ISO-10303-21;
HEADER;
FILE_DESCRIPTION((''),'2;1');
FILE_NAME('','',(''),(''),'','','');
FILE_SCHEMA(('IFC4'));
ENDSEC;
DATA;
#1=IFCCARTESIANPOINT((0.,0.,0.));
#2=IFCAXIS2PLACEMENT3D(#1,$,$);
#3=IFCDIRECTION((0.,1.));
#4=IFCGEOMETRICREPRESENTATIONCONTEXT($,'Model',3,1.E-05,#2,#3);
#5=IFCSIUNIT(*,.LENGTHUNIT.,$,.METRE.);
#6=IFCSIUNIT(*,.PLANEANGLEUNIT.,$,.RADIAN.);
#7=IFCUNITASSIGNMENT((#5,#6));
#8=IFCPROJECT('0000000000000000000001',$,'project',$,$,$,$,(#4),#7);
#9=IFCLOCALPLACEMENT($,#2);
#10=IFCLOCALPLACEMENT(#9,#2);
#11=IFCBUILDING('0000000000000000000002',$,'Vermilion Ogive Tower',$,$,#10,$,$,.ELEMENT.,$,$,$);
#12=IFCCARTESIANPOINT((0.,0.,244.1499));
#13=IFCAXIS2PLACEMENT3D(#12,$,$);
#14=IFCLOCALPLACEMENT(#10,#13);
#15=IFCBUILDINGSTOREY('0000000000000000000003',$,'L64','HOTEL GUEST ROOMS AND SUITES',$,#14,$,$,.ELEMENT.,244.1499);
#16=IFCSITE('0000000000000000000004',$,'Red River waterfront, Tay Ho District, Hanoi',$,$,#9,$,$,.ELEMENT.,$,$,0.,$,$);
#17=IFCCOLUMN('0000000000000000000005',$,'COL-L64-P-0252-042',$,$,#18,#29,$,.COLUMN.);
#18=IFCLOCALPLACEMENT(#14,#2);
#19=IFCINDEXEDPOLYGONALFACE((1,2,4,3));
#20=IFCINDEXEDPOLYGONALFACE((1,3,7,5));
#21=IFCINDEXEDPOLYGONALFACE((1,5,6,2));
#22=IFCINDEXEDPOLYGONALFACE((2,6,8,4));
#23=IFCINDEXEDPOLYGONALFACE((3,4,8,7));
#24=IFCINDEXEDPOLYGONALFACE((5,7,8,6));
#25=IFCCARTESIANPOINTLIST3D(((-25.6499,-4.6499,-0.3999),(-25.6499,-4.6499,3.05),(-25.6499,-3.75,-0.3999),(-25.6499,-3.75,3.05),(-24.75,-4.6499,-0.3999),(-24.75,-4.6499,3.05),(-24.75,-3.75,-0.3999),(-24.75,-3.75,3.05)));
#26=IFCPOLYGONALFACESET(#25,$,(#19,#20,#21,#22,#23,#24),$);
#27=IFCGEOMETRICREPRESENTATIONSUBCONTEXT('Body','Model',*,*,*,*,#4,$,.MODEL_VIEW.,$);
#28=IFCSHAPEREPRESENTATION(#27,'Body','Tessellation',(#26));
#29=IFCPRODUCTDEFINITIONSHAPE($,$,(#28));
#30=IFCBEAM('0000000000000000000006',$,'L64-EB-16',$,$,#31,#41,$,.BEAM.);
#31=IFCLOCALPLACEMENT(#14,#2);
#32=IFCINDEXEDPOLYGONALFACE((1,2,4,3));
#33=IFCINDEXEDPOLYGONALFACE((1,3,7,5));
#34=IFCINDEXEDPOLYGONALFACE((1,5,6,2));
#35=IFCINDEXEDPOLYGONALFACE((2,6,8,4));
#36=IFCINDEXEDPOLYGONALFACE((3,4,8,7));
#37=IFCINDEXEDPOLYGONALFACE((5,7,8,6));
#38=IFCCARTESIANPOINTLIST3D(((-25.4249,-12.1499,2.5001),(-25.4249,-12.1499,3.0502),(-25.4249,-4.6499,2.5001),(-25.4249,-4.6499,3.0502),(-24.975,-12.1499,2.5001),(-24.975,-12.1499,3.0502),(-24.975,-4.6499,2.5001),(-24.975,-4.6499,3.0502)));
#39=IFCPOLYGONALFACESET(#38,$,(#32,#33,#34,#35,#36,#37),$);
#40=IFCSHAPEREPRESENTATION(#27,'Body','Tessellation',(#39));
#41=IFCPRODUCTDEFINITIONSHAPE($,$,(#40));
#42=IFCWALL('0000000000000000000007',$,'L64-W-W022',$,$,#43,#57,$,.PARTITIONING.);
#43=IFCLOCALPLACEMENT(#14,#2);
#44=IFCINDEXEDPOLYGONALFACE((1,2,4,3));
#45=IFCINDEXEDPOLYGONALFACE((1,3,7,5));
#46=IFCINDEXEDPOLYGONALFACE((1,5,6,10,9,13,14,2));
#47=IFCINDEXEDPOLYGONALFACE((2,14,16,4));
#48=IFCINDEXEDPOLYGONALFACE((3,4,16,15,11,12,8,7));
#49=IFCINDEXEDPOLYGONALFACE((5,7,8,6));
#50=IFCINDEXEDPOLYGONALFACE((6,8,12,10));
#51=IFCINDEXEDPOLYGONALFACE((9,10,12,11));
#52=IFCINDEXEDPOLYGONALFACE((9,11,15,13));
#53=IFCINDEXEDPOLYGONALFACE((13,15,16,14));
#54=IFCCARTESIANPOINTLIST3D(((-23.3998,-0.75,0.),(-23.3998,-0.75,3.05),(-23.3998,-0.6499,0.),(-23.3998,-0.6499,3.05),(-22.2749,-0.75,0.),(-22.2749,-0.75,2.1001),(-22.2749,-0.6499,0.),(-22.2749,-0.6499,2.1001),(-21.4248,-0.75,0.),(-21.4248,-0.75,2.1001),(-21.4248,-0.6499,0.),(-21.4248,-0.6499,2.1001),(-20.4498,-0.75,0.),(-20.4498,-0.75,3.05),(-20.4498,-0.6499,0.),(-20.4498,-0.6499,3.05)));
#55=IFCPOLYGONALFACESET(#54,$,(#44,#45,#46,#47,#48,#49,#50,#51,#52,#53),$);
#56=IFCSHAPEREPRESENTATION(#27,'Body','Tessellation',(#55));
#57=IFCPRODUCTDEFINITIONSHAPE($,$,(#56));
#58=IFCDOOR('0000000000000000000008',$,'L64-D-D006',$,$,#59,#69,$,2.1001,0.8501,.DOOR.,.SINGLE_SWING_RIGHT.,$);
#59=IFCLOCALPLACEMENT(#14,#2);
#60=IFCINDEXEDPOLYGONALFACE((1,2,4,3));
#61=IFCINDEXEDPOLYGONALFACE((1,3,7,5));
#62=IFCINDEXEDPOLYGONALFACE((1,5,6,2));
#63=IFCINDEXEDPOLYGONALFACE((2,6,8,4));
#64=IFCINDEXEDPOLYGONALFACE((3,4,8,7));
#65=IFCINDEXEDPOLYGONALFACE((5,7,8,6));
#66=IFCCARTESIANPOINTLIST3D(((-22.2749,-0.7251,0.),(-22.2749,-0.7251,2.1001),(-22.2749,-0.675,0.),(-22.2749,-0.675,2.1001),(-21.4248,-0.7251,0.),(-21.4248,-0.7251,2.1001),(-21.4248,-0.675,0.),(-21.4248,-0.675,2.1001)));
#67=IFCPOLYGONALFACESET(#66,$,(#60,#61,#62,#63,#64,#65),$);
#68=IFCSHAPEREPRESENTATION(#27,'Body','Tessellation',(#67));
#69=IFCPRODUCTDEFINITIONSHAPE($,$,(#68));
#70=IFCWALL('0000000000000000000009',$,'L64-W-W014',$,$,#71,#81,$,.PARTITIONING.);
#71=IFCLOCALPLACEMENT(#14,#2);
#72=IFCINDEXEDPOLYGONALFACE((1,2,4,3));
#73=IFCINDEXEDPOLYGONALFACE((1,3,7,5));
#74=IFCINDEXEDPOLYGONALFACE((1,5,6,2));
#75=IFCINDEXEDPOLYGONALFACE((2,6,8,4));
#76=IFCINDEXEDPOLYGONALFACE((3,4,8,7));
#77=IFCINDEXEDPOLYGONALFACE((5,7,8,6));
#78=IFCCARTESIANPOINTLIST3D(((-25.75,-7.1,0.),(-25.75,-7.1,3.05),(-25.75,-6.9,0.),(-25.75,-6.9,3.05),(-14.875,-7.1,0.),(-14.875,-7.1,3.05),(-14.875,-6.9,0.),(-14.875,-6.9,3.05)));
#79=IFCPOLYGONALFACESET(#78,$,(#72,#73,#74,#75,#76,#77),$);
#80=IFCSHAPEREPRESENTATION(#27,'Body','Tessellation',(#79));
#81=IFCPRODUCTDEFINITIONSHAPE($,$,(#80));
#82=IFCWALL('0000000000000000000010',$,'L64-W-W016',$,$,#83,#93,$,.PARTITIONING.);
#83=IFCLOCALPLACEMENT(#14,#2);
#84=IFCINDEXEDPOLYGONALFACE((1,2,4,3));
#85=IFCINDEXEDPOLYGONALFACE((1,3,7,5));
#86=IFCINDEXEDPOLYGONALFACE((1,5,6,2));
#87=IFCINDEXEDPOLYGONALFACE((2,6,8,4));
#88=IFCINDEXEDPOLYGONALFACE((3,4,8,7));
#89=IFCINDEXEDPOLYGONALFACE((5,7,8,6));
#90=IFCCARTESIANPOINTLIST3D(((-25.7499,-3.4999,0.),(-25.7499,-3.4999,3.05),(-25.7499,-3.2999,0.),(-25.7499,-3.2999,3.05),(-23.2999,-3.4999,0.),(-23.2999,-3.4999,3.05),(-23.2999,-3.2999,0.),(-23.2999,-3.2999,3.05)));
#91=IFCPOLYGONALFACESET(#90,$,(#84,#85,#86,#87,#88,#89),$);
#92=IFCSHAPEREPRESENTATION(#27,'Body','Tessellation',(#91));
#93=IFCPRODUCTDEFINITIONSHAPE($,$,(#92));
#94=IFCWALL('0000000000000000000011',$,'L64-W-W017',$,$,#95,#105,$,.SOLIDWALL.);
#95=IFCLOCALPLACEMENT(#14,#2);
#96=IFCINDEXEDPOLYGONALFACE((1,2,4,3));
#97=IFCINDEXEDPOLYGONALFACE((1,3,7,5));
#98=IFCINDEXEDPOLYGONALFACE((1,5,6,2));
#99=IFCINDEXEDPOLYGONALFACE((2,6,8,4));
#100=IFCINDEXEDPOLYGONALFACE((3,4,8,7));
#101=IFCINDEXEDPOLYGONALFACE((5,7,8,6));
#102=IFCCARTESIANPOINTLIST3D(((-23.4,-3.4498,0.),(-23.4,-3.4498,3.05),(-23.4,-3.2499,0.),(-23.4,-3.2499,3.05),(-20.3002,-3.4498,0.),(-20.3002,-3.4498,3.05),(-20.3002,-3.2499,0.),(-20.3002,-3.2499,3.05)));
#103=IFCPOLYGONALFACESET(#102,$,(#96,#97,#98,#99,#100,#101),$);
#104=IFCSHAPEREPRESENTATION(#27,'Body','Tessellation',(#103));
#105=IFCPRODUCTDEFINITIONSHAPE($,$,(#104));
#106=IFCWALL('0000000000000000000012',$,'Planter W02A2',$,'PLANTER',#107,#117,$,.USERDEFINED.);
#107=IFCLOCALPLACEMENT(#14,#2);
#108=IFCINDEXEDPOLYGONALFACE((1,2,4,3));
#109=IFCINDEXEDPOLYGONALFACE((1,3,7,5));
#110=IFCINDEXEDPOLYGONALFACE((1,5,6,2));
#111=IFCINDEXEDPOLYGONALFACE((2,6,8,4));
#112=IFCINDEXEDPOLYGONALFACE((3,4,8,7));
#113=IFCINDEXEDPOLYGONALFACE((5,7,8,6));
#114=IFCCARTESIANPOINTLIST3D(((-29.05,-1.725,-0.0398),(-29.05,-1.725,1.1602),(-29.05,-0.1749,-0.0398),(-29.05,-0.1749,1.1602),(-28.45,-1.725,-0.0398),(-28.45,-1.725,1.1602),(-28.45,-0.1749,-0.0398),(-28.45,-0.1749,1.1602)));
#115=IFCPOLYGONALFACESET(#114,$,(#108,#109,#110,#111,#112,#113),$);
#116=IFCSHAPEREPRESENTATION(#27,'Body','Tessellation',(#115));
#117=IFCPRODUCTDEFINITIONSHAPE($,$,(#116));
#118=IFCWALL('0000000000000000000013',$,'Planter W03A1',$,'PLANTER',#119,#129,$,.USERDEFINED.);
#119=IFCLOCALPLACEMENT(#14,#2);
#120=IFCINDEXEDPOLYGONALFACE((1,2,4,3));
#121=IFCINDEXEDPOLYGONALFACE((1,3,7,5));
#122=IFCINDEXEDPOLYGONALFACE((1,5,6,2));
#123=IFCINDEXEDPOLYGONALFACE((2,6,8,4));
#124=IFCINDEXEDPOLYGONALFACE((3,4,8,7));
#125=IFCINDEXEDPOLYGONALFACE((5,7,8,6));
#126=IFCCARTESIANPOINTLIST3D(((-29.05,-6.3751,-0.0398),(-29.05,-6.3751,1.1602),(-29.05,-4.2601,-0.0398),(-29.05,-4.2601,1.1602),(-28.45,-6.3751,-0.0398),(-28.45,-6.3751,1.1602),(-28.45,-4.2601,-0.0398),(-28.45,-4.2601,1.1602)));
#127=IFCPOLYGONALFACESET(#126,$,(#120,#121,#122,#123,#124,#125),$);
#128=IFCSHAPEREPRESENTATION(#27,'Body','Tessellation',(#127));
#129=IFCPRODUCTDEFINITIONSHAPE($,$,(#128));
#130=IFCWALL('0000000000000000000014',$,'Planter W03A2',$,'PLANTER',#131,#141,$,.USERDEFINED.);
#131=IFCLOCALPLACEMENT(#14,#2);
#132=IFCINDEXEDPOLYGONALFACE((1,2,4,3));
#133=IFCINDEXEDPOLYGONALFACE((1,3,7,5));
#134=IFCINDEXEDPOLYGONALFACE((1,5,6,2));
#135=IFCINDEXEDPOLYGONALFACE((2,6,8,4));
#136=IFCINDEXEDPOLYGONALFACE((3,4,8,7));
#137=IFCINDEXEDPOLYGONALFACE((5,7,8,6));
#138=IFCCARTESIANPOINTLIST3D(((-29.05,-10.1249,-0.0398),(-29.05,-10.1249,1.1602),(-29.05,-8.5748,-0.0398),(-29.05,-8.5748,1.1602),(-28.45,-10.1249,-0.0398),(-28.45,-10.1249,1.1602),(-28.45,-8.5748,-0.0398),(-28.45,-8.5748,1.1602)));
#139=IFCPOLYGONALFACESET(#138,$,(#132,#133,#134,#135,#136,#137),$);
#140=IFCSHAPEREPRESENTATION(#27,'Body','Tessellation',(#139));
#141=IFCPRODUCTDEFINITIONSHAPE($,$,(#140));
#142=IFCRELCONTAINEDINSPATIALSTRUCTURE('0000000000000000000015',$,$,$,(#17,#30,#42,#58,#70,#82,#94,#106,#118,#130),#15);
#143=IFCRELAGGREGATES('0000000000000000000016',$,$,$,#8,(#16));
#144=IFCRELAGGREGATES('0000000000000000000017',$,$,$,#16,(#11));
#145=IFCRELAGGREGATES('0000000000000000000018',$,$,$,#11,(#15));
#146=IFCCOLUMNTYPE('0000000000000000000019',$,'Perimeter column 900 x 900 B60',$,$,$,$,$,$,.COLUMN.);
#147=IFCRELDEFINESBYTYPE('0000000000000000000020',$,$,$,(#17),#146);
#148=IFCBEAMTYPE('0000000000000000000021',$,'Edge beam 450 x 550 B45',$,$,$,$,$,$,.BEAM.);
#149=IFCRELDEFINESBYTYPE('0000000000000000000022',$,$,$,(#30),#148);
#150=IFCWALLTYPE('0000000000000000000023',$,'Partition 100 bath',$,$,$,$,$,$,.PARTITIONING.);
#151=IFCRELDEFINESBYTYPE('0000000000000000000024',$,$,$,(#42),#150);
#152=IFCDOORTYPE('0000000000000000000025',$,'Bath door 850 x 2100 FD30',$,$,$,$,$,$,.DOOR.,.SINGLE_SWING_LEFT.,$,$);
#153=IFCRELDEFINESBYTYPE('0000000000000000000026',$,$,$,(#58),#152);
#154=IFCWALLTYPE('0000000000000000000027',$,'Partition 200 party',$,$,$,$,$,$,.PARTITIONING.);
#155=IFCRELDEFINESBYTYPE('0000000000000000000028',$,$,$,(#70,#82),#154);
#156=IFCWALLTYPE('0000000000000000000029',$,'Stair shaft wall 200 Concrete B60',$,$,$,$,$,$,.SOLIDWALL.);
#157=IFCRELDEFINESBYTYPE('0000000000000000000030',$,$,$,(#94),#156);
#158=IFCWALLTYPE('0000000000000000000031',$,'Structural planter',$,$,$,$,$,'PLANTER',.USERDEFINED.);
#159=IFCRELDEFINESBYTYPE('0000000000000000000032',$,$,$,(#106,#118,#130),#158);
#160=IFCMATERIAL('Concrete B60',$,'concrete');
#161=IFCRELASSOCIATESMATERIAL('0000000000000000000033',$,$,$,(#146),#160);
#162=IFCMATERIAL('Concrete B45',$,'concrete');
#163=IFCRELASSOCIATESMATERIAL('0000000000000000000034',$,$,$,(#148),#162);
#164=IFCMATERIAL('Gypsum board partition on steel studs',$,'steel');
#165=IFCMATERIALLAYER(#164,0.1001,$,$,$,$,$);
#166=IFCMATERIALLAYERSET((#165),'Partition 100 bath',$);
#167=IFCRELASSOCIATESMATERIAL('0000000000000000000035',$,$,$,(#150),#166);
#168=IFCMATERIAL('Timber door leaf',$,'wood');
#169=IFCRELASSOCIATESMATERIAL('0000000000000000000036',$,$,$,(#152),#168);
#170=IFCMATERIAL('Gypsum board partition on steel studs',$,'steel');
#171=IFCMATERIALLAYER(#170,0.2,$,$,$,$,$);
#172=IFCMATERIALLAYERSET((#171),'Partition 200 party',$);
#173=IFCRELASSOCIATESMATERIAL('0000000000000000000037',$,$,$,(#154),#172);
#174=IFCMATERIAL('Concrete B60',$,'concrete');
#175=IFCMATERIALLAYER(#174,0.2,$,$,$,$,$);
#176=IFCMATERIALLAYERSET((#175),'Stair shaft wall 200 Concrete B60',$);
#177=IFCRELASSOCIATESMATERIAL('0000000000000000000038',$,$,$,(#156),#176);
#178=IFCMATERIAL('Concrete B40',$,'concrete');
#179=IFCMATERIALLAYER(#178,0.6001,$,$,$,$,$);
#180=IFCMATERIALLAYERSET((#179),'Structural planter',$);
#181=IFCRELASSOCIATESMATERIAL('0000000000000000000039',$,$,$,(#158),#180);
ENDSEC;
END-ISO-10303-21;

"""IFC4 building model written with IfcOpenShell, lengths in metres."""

from ifc_helpers import new_model, si_unit, direction, frame, frame_2d, origin, origin_2d, place, context, subcontext, project, spatial, rectangle, extrude, material, layer, layer_set, material_profile, profile_set, type_object, element, fill, save


model = new_model("IFC4")

# Units and contexts
model_context = context("Model", 3, precision=1e-05, world=origin(), true_north=direction((0.0, 1.0)))
body_context = subcontext(model_context, "Body", "Model", "MODEL_VIEW")
ifc_project = project(units=[si_unit("LENGTHUNIT", "METRE"), si_unit("PLANEANGLEUNIT", "RADIAN")], contexts=[model_context])

# Site, building, storey
site_placement = place(None, origin())
site = spatial("IfcSite", under=ifc_project, at=site_placement, Name="Red River waterfront, Tay Ho District, Hanoi", CompositionType="ELEMENT", RefElevation=0.0)
building_placement = place(site_placement, origin())
building = spatial("IfcBuilding", under=site, at=building_placement, Name="Vermilion Ogive Tower", CompositionType="ELEMENT")
storey_placement = place(building_placement, frame((0.0, 0.0, 244.1499)))
storey = spatial("IfcBuildingStorey", under=building, at=storey_placement, Name="L64", Description="HOTEL GUEST ROOMS AND SUITES", CompositionType="ELEMENT", Elevation=244.1499)

# Column
ifc_material_1 = material(Name="Concrete B60", Category="concrete")
ifc_material_profile_1 = material_profile(ifc_material_1, rectangle(XDim=0.8999, YDim=0.8999, at=origin_2d()), Name="900 x 900")
ifc_profile_set_1 = profile_set([ifc_material_profile_1], Name="Concrete B60")
column_type = type_object("IfcColumnType", Name="Perimeter column 900 x 900 B60", PredefinedType="COLUMN", material=ifc_profile_set_1)
column_placement = place(storey_placement, frame((-25.2, -4.2, -0.3999), z_axis=(0.0, 0.0, 1.0), x_axis=(1.0, 0.0, 0.0)))
element("IfcColumn", 1, at=column_placement, inside=storey, type_object=column_type, Name="COL-L64-P-0252-042", PredefinedType="COLUMN", context=body_context, shape_type="SweptSolid", body=[
    extrude(rectangle(XDim=0.8999, YDim=0.8999, at=origin_2d()), origin(), (0.0, 0.0, 1.0), 3.45),
])

# Beam
ifc_material_2 = material(Name="Concrete B45", Category="concrete")
ifc_material_profile_2 = material_profile(ifc_material_2, rectangle(XDim=0.45, YDim=0.55, at=origin_2d()), Name="450 x 550")
ifc_profile_set_2 = profile_set([ifc_material_profile_2], Name="Concrete B45")
beam_type = type_object("IfcBeamType", Name="Edge beam 450 x 550 B45", PredefinedType="BEAM", material=ifc_profile_set_2)
beam_placement = place(storey_placement, frame((-25.2, -4.6499, 2.7751), z_axis=(0.0, -1.0, 0.0), x_axis=(1.0, 0.0, 0.0)))
element("IfcBeam", 2, at=beam_placement, inside=storey, type_object=beam_type, Name="L64-EB-16", PredefinedType="BEAM", context=body_context, shape_type="SweptSolid", body=[
    extrude(rectangle(XDim=0.45, YDim=0.55, at=origin_2d()), origin(), (0.0, 0.0, 1.0), 7.5),
])

# Wall, opening, door
ifc_material_3 = material(Name="Gypsum board partition on steel studs", Category="steel")
ifc_layer_1 = layer(ifc_material_3, 0.1001)
ifc_layer_set_1 = layer_set([ifc_layer_1], Name="Partition 100 bath")
wall_type_1 = type_object("IfcWallType", Name="Partition 100 bath", PredefinedType="PARTITIONING", material=ifc_layer_set_1)
wall_1_placement = place(storey_placement, frame((-23.3999, -0.7, 0.0), z_axis=(0.0, 0.0, 1.0), x_axis=(1.0, 0.0, 0.0)))
wall_1 = element("IfcWall", 3, at=wall_1_placement, inside=storey, type_object=wall_type_1, Name="L64-W-W022", PredefinedType="PARTITIONING", context=body_context, shape_type="SweptSolid", body=[
    extrude(rectangle(XDim=2.95, YDim=0.1001, at=frame_2d((1.4751, 0.0))), origin(), (0.0, 0.0, 1.0), 3.05),
])
opening_1_placement = place(wall_1_placement, frame((1.125, 0.0, 0.0)))
opening_1 = element("IfcOpeningElement", 4, at=opening_1_placement, cuts=wall_1, PredefinedType="OPENING", context=body_context, shape_type="SweptSolid", body=[
    extrude(rectangle(XDim=0.8501, YDim=2.1001, at=frame_2d((0.425, 1.05))), frame((0.0, 0.0601, 0.0), z_axis=(0.0, -1.0, 0.0), x_axis=(1.0, 0.0, 0.0)), (0.0, 0.0, 1.0), 0.1201),
])
ifc_material_4 = material(Name="Timber door leaf", Category="wood")
door_type_1 = type_object("IfcDoorType", Name="Bath door 850 x 2100 FD30", OperationType="SINGLE_SWING_LEFT", PredefinedType="DOOR", material=ifc_material_4)
door_1_placement = place(opening_1_placement, origin())
door_1 = element("IfcDoor", 5, at=door_1_placement, inside=storey, type_object=door_type_1, Name="L64-D-D006", OperationType="SINGLE_SWING_RIGHT", OverallHeight=2.1001, OverallWidth=0.8501, PredefinedType="DOOR", context=body_context, shape_type="SweptSolid", body=[
    extrude(rectangle(XDim=0.8501, YDim=2.1001, at=frame_2d((0.425, 1.05))), frame((0.0, 0.0249, 0.0), z_axis=(0.0, -1.0, 0.0), x_axis=(1.0, 0.0, 0.0)), (0.0, 0.0, 1.0), 0.05),
])
fill(opening_1, door_1)

# Walls
ifc_material_5 = material(Name="Gypsum board partition on steel studs", Category="steel")
ifc_layer_2 = layer(ifc_material_5, 0.2)
ifc_layer_set_2 = layer_set([ifc_layer_2], Name="Partition 200 party")
wall_type_2 = type_object("IfcWallType", Name="Partition 200 party", PredefinedType="PARTITIONING", material=ifc_layer_set_2)
wall_2_placement = place(storey_placement, frame((-25.75, -7.0, 0.0), z_axis=(0.0, 0.0, 1.0), x_axis=(1.0, 0.0, 0.0)))
element("IfcWall", 6, at=wall_2_placement, inside=storey, type_object=wall_type_2, Name="L64-W-W014", PredefinedType="PARTITIONING", context=body_context, shape_type="SweptSolid", body=[
    extrude(rectangle(XDim=10.875, YDim=0.2, at=frame_2d((5.4375, 0.0))), origin(), (0.0, 0.0, 1.0), 3.05),
])
wall_3_placement = place(storey_placement, frame((-25.75, -3.3999, 0.0), z_axis=(0.0, 0.0, 1.0), x_axis=(1.0, 0.0, 0.0)))
element("IfcWall", 7, at=wall_3_placement, inside=storey, type_object=wall_type_2, Name="L64-W-W016", PredefinedType="PARTITIONING", context=body_context, shape_type="SweptSolid", body=[
    extrude(rectangle(XDim=2.45, YDim=0.2, at=frame_2d((1.2251, 0.0))), origin(), (0.0, 0.0, 1.0), 3.05),
])
ifc_material_6 = material(Name="Concrete B60", Category="concrete")
ifc_layer_3 = layer(ifc_material_6, 0.2)
ifc_layer_set_3 = layer_set([ifc_layer_3], Name="Stair shaft wall 200 Concrete B60")
wall_type_3 = type_object("IfcWallType", Name="Stair shaft wall 200 Concrete B60", PredefinedType="SOLIDWALL", material=ifc_layer_set_3)
wall_4_placement = place(storey_placement, frame((-23.3999, -3.3499, 0.0), z_axis=(0.0, 0.0, 1.0), x_axis=(1.0, 0.0, 0.0)))
element("IfcWall", 8, at=wall_4_placement, inside=storey, type_object=wall_type_3, Name="L64-W-W017", PredefinedType="SOLIDWALL", context=body_context, shape_type="SweptSolid", body=[
    extrude(rectangle(XDim=3.0999, YDim=0.2, at=frame_2d((1.5498, 0.0))), origin(), (0.0, 0.0, 1.0), 3.05),
])
ifc_material_7 = material(Name="Concrete B40", Category="concrete")
ifc_layer_4 = layer(ifc_material_7, 0.6001)
ifc_layer_set_4 = layer_set([ifc_layer_4], Name="Structural planter")
wall_type_4 = type_object("IfcWallType", Name="Structural planter", ElementType="PLANTER", PredefinedType="USERDEFINED", material=ifc_layer_set_4)
wall_5_placement = place(storey_placement, frame((-28.75, -0.175, -0.0398), z_axis=(0.0, 0.0, 1.0), x_axis=(0.0, -1.0, 0.0)))
element("IfcWall", 9, at=wall_5_placement, inside=storey, type_object=wall_type_4, Name="Planter W02A2", ObjectType="PLANTER", PredefinedType="USERDEFINED", context=body_context, shape_type="SweptSolid", body=[
    extrude(rectangle(XDim=1.55, YDim=0.6001, at=frame_2d((0.7749, 0.0))), origin(), (0.0, 0.0, 1.0), 1.2),
])
wall_6_placement = place(storey_placement, frame((-28.75, -4.26, -0.0398), z_axis=(0.0, 0.0, 1.0), x_axis=(0.0, -1.0, 0.0)))
element("IfcWall", 10, at=wall_6_placement, inside=storey, type_object=wall_type_4, Name="Planter W03A1", ObjectType="PLANTER", PredefinedType="USERDEFINED", context=body_context, shape_type="SweptSolid", body=[
    extrude(rectangle(XDim=2.115, YDim=0.6001, at=frame_2d((1.0576, 0.0))), origin(), (0.0, 0.0, 1.0), 1.2),
])
wall_7_placement = place(storey_placement, frame((-28.75, -8.575, -0.0398), z_axis=(0.0, 0.0, 1.0), x_axis=(0.0, -1.0, 0.0)))
element("IfcWall", 11, at=wall_7_placement, inside=storey, type_object=wall_type_4, Name="Planter W03A2", ObjectType="PLANTER", PredefinedType="USERDEFINED", context=body_context, shape_type="SweptSolid", body=[
    extrude(rectangle(XDim=1.55, YDim=0.6001, at=frame_2d((0.7749, 0.0))), origin(), (0.0, 0.0, 1.0), 1.2),
])

save(model, "model.ifc")
